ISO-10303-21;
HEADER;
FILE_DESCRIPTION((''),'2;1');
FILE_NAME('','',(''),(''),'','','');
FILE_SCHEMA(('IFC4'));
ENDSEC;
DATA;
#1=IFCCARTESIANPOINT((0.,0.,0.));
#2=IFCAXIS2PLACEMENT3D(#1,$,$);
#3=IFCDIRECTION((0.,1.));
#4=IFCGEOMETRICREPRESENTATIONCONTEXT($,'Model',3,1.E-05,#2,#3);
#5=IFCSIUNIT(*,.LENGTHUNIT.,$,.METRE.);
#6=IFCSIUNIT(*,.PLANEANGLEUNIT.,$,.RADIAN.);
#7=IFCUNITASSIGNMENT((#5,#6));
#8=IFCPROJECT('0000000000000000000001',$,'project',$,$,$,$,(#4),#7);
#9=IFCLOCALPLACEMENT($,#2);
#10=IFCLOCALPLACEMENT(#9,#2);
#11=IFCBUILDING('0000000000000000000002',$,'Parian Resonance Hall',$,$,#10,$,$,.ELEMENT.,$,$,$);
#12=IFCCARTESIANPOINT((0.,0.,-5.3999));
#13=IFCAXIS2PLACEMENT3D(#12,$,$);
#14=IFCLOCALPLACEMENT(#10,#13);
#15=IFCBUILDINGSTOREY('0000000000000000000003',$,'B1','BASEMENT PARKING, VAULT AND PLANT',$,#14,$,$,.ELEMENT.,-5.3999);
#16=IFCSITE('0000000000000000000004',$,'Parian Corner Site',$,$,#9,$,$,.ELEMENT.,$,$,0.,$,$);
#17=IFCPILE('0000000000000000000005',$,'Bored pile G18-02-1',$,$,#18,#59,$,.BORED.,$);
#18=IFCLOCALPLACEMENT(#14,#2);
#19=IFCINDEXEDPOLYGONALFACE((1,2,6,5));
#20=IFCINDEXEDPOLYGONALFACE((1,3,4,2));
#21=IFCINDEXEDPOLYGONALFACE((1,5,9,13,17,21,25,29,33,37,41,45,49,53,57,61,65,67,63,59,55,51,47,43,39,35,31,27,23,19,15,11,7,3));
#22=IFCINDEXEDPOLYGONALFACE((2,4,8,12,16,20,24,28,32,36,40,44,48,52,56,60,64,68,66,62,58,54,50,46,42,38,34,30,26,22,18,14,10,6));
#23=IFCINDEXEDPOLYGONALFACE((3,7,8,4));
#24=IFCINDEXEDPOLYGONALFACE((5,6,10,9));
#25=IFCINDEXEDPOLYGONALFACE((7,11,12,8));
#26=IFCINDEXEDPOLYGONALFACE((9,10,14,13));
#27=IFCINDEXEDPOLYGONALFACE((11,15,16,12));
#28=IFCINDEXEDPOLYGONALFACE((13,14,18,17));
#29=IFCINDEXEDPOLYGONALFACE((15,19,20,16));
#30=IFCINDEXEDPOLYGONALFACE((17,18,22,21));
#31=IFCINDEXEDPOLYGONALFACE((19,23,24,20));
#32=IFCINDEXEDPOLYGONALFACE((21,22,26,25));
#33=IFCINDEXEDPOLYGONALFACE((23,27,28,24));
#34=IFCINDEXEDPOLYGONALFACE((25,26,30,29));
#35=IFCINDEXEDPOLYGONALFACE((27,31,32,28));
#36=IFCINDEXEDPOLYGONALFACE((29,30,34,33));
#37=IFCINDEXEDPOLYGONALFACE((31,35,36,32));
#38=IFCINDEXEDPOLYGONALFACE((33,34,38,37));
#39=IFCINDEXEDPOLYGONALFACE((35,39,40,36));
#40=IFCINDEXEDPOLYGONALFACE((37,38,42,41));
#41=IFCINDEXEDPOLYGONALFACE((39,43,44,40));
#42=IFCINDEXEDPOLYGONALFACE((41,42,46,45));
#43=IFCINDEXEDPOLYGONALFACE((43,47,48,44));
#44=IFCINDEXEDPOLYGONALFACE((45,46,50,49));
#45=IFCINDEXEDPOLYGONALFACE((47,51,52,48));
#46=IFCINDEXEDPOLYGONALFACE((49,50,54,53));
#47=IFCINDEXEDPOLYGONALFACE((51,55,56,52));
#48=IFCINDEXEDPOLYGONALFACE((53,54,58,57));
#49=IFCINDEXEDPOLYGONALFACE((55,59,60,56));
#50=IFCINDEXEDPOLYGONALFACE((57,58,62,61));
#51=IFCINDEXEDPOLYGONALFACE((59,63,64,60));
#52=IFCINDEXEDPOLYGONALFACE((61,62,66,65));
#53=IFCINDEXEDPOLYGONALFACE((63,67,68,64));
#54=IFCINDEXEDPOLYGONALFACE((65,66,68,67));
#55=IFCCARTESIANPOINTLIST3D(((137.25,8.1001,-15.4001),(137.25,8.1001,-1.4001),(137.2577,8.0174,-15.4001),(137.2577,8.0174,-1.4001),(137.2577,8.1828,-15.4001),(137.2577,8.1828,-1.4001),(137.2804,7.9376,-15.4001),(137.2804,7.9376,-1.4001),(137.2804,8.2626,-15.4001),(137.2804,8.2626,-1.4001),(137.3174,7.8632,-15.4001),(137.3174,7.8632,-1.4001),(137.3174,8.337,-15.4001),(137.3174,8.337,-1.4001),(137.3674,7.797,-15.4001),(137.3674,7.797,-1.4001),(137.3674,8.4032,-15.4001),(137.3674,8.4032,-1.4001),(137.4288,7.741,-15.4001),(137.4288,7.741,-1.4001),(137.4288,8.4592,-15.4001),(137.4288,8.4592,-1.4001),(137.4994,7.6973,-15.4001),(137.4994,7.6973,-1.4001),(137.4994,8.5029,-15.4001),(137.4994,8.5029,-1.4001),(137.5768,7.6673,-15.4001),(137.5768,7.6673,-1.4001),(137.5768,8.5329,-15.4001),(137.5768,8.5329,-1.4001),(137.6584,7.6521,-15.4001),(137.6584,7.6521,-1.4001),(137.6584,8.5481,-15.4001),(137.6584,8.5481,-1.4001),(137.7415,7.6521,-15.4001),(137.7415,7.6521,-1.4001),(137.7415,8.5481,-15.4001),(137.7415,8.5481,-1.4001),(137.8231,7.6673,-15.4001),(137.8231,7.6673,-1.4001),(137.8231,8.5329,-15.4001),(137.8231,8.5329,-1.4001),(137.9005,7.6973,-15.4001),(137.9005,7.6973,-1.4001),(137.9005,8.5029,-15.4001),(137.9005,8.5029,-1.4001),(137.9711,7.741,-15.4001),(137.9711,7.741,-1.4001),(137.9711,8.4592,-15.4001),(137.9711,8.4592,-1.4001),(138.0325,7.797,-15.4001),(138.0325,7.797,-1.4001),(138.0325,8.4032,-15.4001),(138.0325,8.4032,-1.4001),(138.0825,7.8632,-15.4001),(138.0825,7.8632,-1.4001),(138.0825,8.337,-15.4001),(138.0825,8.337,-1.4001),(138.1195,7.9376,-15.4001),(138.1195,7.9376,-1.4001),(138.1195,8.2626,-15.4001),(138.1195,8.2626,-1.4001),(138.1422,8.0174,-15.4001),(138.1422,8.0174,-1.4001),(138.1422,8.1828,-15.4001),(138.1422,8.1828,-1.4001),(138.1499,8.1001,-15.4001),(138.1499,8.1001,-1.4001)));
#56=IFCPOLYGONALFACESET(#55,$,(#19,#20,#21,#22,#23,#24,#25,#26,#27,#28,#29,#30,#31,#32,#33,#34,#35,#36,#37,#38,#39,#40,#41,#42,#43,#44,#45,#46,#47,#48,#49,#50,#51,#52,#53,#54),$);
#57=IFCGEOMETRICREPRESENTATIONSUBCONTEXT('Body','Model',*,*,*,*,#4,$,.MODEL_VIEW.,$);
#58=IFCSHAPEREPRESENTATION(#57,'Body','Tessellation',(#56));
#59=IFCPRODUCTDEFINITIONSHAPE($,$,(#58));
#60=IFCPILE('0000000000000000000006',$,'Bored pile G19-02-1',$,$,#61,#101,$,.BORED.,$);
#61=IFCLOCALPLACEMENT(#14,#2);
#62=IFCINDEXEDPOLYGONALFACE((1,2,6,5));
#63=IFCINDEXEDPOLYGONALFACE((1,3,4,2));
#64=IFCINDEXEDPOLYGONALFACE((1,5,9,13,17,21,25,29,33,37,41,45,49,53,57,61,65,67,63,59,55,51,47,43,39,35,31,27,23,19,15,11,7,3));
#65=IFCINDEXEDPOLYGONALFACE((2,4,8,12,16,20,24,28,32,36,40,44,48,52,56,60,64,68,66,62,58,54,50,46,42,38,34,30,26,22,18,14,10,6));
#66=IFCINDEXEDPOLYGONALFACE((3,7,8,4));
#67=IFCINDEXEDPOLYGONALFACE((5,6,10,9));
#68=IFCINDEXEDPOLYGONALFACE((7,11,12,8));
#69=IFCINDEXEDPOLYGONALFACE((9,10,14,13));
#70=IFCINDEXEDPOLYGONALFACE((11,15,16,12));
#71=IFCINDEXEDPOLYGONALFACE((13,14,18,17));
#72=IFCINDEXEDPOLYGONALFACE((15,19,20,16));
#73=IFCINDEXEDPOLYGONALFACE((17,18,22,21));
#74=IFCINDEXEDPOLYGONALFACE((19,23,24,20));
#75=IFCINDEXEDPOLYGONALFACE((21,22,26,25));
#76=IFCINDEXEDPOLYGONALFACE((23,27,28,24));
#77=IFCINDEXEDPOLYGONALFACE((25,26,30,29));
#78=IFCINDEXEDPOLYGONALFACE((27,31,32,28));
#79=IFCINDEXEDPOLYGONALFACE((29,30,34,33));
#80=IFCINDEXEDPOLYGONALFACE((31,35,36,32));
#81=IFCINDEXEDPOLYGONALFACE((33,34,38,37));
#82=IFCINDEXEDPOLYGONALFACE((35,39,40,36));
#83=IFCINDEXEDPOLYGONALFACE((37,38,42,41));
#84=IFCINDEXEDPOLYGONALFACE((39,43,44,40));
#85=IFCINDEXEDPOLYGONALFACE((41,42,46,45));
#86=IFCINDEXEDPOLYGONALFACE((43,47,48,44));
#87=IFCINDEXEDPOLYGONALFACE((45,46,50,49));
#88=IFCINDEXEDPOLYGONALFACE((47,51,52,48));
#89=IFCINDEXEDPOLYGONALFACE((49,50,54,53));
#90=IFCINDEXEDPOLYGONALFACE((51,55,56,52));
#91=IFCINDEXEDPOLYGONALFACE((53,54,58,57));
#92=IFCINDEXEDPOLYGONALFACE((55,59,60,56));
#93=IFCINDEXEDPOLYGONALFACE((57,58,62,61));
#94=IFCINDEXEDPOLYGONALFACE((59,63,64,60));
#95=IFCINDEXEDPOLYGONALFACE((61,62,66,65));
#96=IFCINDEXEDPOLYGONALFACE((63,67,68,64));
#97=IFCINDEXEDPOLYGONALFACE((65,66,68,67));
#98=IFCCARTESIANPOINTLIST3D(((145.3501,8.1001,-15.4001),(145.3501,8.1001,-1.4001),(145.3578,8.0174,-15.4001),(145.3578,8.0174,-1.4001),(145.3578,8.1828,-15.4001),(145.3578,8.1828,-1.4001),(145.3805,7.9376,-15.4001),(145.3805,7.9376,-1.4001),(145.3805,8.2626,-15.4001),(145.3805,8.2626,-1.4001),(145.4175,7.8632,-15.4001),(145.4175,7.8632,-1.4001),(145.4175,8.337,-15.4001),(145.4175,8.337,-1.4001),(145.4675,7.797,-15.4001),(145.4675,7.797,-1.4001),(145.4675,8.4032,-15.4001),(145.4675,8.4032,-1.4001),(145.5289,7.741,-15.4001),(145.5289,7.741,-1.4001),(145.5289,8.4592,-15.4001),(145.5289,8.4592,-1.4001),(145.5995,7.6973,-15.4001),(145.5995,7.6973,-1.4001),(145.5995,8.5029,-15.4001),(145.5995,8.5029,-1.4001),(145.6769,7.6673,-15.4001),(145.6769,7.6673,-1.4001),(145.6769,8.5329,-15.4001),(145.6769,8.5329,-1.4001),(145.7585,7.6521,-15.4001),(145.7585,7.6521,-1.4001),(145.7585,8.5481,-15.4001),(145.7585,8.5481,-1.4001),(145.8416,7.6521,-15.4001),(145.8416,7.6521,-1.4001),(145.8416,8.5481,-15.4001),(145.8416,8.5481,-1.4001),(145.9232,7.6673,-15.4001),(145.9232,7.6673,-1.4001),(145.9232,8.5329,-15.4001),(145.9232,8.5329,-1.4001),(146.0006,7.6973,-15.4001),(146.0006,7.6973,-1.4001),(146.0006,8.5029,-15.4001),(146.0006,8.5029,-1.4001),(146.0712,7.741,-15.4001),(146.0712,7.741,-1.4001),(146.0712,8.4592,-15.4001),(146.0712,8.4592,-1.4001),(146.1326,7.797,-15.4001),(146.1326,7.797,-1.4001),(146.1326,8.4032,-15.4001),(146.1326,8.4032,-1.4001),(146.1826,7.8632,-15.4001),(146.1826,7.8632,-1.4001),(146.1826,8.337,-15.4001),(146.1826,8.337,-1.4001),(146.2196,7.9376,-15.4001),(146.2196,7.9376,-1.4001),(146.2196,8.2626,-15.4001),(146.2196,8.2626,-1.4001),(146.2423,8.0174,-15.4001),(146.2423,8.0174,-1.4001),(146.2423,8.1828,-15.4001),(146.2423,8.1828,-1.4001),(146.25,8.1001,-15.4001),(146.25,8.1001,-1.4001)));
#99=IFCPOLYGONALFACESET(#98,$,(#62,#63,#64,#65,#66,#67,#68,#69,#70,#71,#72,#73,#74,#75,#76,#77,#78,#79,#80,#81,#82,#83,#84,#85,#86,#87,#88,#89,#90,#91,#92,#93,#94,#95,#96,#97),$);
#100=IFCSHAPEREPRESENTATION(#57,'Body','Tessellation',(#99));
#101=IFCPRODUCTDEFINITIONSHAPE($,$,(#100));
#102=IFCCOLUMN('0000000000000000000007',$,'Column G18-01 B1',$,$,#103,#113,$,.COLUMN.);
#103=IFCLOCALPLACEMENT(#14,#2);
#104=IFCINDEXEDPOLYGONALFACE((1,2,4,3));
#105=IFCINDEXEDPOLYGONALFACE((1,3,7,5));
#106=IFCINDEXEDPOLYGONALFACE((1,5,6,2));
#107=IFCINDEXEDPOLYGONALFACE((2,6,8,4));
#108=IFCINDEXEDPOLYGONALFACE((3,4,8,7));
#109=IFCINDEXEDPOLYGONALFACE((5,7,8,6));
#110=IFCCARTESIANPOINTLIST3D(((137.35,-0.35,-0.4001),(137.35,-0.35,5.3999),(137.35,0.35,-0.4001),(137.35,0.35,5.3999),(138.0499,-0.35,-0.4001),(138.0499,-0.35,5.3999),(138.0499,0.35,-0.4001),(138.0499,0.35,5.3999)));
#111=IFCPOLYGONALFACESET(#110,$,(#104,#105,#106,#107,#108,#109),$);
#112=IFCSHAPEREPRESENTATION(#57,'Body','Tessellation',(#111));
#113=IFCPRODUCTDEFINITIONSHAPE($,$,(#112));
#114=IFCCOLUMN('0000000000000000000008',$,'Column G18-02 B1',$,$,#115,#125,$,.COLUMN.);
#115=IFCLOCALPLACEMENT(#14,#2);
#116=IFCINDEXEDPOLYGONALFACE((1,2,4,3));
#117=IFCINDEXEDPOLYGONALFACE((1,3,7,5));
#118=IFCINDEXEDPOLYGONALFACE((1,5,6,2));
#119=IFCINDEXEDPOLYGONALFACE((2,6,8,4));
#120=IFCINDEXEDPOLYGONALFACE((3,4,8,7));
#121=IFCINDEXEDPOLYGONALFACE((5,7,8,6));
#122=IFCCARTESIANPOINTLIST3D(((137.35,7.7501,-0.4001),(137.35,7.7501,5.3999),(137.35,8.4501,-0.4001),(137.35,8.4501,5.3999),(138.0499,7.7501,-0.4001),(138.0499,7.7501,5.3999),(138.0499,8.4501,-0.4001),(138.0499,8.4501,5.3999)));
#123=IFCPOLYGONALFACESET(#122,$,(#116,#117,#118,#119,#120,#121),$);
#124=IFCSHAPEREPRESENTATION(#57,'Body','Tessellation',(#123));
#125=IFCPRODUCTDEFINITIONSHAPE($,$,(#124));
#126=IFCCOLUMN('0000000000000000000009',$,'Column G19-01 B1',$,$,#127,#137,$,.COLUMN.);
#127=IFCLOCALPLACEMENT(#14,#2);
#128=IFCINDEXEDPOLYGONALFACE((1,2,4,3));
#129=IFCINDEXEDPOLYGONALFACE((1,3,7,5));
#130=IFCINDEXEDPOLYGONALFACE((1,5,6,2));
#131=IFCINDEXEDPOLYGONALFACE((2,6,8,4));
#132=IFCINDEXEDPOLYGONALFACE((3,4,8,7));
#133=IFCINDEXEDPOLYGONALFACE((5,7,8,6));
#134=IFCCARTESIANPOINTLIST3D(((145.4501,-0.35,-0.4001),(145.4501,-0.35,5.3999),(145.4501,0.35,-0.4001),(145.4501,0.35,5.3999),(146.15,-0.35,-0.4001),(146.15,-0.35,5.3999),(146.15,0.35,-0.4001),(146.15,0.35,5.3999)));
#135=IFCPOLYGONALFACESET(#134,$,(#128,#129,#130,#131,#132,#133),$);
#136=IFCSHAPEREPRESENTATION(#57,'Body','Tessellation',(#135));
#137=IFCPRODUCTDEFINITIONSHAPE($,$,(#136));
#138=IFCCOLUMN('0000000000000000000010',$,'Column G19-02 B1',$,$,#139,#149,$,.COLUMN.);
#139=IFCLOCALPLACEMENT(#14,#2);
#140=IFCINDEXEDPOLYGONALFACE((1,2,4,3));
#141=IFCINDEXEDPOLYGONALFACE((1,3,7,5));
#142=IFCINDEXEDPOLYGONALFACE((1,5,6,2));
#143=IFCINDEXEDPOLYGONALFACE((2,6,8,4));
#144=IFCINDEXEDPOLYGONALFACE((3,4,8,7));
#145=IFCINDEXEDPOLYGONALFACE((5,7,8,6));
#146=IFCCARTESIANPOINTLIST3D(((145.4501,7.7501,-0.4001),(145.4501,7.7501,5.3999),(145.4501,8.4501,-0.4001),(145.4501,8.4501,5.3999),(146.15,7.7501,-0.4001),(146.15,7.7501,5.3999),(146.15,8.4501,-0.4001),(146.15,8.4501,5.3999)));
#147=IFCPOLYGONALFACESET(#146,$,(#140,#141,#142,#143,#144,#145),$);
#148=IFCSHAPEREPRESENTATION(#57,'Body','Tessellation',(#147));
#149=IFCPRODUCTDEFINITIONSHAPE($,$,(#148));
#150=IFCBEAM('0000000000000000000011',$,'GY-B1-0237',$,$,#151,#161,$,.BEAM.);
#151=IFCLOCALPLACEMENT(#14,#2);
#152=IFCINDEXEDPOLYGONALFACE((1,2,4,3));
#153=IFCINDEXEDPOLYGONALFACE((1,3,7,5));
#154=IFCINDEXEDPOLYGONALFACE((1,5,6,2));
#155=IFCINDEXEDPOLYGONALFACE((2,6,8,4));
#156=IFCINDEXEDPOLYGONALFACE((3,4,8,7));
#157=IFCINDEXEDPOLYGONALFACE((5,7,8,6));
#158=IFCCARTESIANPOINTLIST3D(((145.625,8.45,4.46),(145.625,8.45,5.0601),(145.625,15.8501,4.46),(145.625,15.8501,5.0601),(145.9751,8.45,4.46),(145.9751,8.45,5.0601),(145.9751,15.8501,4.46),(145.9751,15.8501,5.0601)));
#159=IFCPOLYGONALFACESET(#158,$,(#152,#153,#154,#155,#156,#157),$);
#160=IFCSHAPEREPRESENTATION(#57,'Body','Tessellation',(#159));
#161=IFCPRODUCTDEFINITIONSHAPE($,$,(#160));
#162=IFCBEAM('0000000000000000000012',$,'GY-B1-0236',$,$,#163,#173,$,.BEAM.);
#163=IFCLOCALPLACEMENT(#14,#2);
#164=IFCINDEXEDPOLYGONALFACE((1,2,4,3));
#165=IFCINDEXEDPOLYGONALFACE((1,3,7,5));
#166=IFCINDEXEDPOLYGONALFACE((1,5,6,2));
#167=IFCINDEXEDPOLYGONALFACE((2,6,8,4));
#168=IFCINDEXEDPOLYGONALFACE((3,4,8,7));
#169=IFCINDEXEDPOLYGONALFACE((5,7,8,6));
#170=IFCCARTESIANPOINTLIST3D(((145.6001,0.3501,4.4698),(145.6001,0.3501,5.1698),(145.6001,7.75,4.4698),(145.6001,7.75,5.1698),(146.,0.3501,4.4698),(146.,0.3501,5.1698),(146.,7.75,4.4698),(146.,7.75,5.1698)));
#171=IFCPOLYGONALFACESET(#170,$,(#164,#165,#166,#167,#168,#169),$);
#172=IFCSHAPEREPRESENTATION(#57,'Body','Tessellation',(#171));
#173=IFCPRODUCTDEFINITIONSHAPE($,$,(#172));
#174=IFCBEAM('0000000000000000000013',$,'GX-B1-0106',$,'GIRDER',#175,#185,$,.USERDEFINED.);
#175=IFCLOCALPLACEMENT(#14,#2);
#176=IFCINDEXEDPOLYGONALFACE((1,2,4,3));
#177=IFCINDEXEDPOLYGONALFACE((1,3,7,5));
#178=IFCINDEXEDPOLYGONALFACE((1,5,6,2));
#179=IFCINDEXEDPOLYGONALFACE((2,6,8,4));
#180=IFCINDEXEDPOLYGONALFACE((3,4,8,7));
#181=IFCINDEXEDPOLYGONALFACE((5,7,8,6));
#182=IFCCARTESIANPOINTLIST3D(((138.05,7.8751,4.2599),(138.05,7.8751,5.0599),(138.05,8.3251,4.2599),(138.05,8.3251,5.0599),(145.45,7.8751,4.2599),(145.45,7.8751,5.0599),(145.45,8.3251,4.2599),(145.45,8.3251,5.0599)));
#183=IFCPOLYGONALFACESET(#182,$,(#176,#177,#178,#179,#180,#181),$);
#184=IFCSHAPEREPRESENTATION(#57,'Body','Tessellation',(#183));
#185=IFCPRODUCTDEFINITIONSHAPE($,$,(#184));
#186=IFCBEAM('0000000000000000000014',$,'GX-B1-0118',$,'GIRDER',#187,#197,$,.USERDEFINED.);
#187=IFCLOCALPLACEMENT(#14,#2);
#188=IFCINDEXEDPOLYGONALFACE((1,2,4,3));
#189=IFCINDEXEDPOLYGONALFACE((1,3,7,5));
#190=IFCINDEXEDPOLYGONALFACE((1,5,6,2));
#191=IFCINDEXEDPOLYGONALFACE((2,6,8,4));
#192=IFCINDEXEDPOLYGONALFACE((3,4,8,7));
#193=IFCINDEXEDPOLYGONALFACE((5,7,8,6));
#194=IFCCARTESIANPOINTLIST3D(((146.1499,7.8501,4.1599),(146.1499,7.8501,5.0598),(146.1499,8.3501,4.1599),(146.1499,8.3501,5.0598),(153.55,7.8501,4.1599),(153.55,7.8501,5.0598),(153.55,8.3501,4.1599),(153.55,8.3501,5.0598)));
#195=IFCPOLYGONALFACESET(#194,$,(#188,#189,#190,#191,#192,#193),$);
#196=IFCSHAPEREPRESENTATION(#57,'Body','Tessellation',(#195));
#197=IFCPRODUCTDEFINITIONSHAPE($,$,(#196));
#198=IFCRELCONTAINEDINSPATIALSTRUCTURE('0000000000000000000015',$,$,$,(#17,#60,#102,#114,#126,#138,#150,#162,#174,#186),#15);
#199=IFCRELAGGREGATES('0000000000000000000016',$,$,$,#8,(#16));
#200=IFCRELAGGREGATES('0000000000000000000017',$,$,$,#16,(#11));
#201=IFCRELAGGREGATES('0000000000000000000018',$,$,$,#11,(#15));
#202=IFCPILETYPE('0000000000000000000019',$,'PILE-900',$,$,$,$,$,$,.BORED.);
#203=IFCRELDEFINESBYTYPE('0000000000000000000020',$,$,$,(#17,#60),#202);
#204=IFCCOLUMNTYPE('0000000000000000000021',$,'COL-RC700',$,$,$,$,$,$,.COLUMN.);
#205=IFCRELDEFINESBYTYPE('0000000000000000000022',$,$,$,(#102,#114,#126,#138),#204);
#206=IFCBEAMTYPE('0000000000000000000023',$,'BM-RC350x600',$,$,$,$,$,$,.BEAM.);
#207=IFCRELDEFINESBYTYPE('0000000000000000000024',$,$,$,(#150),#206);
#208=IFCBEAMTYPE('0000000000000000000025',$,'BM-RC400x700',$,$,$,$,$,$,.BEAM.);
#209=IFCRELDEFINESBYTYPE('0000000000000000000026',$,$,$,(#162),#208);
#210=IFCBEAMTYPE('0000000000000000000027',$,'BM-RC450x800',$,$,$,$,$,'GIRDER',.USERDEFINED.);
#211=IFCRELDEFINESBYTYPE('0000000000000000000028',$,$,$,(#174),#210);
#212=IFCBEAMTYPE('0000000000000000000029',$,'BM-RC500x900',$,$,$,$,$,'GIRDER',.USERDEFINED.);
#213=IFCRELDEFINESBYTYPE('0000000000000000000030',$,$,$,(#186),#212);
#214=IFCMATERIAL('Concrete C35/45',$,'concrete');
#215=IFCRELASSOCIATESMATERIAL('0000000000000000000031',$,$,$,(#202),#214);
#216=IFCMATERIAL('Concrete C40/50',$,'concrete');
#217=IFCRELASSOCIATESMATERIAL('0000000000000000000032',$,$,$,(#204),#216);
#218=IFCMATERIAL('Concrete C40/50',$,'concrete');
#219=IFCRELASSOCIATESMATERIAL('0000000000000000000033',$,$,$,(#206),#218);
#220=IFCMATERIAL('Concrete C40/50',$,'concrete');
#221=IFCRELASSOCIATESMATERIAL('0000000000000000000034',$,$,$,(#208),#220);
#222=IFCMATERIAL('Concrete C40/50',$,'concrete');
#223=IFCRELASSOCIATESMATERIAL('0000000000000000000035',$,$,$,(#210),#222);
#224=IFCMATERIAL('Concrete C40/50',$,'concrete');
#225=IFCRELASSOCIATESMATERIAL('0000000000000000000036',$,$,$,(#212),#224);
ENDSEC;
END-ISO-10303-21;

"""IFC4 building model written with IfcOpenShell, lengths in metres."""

from ifc_helpers import new_model, si_unit, direction, frame, origin, origin_2d, place, context, subcontext, project, spatial, rectangle, circle, extrude, material, material_profile, profile_set, type_object, element, save


model = new_model("IFC4")

# Units and contexts
model_context = context("Model", 3, precision=1e-05, world=origin(), true_north=direction((0.0, 1.0)))
body_context = subcontext(model_context, "Body", "Model", "MODEL_VIEW")
ifc_project = project(units=[si_unit("LENGTHUNIT", "METRE"), si_unit("PLANEANGLEUNIT", "RADIAN")], contexts=[model_context])

# Site, building, storey
site_placement = place(None, origin())
site = spatial("IfcSite", under=ifc_project, at=site_placement, Name="Parian Corner Site", CompositionType="ELEMENT", RefElevation=0.0)
building_placement = place(site_placement, origin())
building = spatial("IfcBuilding", under=site, at=building_placement, Name="Parian Resonance Hall", CompositionType="ELEMENT")
storey_placement = place(building_placement, frame((0.0, 0.0, -5.3999)))
storey = spatial("IfcBuildingStorey", under=building, at=storey_placement, Name="B1", Description="BASEMENT PARKING, VAULT AND PLANT", CompositionType="ELEMENT", Elevation=-5.3999)

# Piles
ifc_material_1 = material(Name="Concrete C35/45", Category="concrete")
ifc_material_profile_1 = material_profile(ifc_material_1, circle(Radius=0.45, at=origin_2d()), Name="PILE-D900")
ifc_profile_set_1 = profile_set([ifc_material_profile_1], Name="Concrete C35/45")
pile_type_1 = type_object("IfcPileType", Name="PILE-900", PredefinedType="BORED", material=ifc_profile_set_1)
for number, where, z_axis, x_axis, name in (
    (1, (137.7, 8.1001, -1.4001), (0.0, 0.0, -1.0), (1.0, 0.0, 0.0), "Bored pile G18-02-1"),
    (2, (145.8, 8.1001, -1.4001), (0.0, 0.0, -1.0), (1.0, 0.0, 0.0), "Bored pile G19-02-1"),
):
    element("IfcPile", number, at=place(storey_placement, frame(where, z_axis=z_axis, x_axis=x_axis)), inside=storey, type_object=pile_type_1, Name=name, PredefinedType="BORED", context=body_context, shape_type="SweptSolid", body=[
        extrude(circle(Radius=0.45, at=origin_2d()), origin(), (0.0, 0.0, 1.0), 14.0),
    ])

# Columns
ifc_material_2 = material(Name="Concrete C40/50", Category="concrete")
ifc_material_profile_2 = material_profile(ifc_material_2, rectangle(XDim=0.7, YDim=0.7, at=origin_2d()), Name="RC-COL-700x700")
ifc_profile_set_2 = profile_set([ifc_material_profile_2], Name="Concrete C40/50")
column_type = type_object("IfcColumnType", Name="COL-RC700", PredefinedType="COLUMN", material=ifc_profile_set_2)
for number, where, z_axis, x_axis, name in (
    (3, (137.7, 0.0, -0.4001), (0.0, 0.0, 1.0), (1.0, 0.0, 0.0), "Column G18-01 B1"),
    (4, (137.7, 8.1001, -0.4001), (0.0, 0.0, 1.0), (1.0, 0.0, 0.0), "Column G18-02 B1"),
    (5, (145.8, 0.0, -0.4001), (0.0, 0.0, 1.0), (1.0, 0.0, 0.0), "Column G19-01 B1"),
    (6, (145.8, 8.1001, -0.4001), (0.0, 0.0, 1.0), (1.0, 0.0, 0.0), "Column G19-02 B1"),
):
    element("IfcColumn", number, at=place(storey_placement, frame(where, z_axis=z_axis, x_axis=x_axis)), inside=storey, type_object=column_type, Name=name, PredefinedType="COLUMN", context=body_context, shape_type="SweptSolid", body=[
        extrude(rectangle(XDim=0.7, YDim=0.7, at=origin_2d()), origin(), (0.0, 0.0, 1.0), 5.8),
    ])

# Beams
ifc_material_3 = material(Name="Concrete C40/50", Category="concrete")
ifc_material_profile_3 = material_profile(ifc_material_3, rectangle(XDim=0.3501, YDim=0.6001, at=origin_2d()), Name="RC-BM-350x600")
ifc_profile_set_3 = profile_set([ifc_material_profile_3], Name="Concrete C40/50")
beam_type_1 = type_object("IfcBeamType", Name="BM-RC350x600", PredefinedType="BEAM", material=ifc_profile_set_3)
beam_1_placement = place(storey_placement, frame((145.8, 8.45, 4.76), z_axis=(0.0, 1.0, 0.0), x_axis=(-1.0, 0.0, 0.0)))
element("IfcBeam", 7, at=beam_1_placement, inside=storey, type_object=beam_type_1, Name="GY-B1-0237", PredefinedType="BEAM", context=body_context, shape_type="SweptSolid", body=[
    extrude(rectangle(XDim=0.3501, YDim=0.6001, at=origin_2d()), origin(), (0.0, 0.0, 1.0), 7.4001),
])
ifc_material_4 = material(Name="Concrete C40/50", Category="concrete")
ifc_material_profile_4 = material_profile(ifc_material_4, rectangle(XDim=0.3999, YDim=0.7, at=origin_2d()), Name="RC-BM-400x700")
ifc_profile_set_4 = profile_set([ifc_material_profile_4], Name="Concrete C40/50")
beam_type_2 = type_object("IfcBeamType", Name="BM-RC400x700", PredefinedType="BEAM", material=ifc_profile_set_4)
beam_2_placement = place(storey_placement, frame((145.8, 0.3501, 4.8198), z_axis=(0.0, 1.0, 0.0), x_axis=(-1.0, 0.0, 0.0)))
element("IfcBeam", 8, at=beam_2_placement, inside=storey, type_object=beam_type_2, Name="GY-B1-0236", PredefinedType="BEAM", context=body_context, shape_type="SweptSolid", body=[
    extrude(rectangle(XDim=0.3999, YDim=0.7, at=origin_2d()), origin(), (0.0, 0.0, 1.0), 7.3999),
])
ifc_material_5 = material(Name="Concrete C40/50", Category="concrete")
ifc_material_profile_5 = material_profile(ifc_material_5, rectangle(XDim=0.45, YDim=0.8, at=origin_2d()), Name="RC-BM-450x800")
ifc_profile_set_5 = profile_set([ifc_material_profile_5], Name="Concrete C40/50")
beam_type_3 = type_object("IfcBeamType", Name="BM-RC450x800", ElementType="GIRDER", PredefinedType="USERDEFINED", material=ifc_profile_set_5)
beam_3_placement = place(storey_placement, frame((138.05, 8.1001, 4.6599), z_axis=(1.0, 0.0, 0.0), x_axis=(0.0, 1.0, 0.0)))
element("IfcBeam", 9, at=beam_3_placement, inside=storey, type_object=beam_type_3, Name="GX-B1-0106", ObjectType="GIRDER", PredefinedType="USERDEFINED", context=body_context, shape_type="SweptSolid", body=[
    extrude(rectangle(XDim=0.45, YDim=0.8, at=origin_2d()), origin(), (0.0, 0.0, 1.0), 7.3999),
])
ifc_material_6 = material(Name="Concrete C40/50", Category="concrete")
ifc_material_profile_6 = material_profile(ifc_material_6, rectangle(XDim=0.5, YDim=0.8999, at=origin_2d()), Name="RC-BM-500x900")
ifc_profile_set_6 = profile_set([ifc_material_profile_6], Name="Concrete C40/50")
beam_type_4 = type_object("IfcBeamType", Name="BM-RC500x900", ElementType="GIRDER", PredefinedType="USERDEFINED", material=ifc_profile_set_6)
beam_4_placement = place(storey_placement, frame((146.1499, 8.1001, 4.6099), z_axis=(1.0, 0.0, 0.0), x_axis=(0.0, 1.0, 0.0)))
element("IfcBeam", 10, at=beam_4_placement, inside=storey, type_object=beam_type_4, Name="GX-B1-0118", ObjectType="GIRDER", PredefinedType="USERDEFINED", context=body_context, shape_type="SweptSolid", body=[
    extrude(rectangle(XDim=0.5, YDim=0.8999, at=origin_2d()), origin(), (0.0, 0.0, 1.0), 7.4001),
])

save(model, "model.ifc")
